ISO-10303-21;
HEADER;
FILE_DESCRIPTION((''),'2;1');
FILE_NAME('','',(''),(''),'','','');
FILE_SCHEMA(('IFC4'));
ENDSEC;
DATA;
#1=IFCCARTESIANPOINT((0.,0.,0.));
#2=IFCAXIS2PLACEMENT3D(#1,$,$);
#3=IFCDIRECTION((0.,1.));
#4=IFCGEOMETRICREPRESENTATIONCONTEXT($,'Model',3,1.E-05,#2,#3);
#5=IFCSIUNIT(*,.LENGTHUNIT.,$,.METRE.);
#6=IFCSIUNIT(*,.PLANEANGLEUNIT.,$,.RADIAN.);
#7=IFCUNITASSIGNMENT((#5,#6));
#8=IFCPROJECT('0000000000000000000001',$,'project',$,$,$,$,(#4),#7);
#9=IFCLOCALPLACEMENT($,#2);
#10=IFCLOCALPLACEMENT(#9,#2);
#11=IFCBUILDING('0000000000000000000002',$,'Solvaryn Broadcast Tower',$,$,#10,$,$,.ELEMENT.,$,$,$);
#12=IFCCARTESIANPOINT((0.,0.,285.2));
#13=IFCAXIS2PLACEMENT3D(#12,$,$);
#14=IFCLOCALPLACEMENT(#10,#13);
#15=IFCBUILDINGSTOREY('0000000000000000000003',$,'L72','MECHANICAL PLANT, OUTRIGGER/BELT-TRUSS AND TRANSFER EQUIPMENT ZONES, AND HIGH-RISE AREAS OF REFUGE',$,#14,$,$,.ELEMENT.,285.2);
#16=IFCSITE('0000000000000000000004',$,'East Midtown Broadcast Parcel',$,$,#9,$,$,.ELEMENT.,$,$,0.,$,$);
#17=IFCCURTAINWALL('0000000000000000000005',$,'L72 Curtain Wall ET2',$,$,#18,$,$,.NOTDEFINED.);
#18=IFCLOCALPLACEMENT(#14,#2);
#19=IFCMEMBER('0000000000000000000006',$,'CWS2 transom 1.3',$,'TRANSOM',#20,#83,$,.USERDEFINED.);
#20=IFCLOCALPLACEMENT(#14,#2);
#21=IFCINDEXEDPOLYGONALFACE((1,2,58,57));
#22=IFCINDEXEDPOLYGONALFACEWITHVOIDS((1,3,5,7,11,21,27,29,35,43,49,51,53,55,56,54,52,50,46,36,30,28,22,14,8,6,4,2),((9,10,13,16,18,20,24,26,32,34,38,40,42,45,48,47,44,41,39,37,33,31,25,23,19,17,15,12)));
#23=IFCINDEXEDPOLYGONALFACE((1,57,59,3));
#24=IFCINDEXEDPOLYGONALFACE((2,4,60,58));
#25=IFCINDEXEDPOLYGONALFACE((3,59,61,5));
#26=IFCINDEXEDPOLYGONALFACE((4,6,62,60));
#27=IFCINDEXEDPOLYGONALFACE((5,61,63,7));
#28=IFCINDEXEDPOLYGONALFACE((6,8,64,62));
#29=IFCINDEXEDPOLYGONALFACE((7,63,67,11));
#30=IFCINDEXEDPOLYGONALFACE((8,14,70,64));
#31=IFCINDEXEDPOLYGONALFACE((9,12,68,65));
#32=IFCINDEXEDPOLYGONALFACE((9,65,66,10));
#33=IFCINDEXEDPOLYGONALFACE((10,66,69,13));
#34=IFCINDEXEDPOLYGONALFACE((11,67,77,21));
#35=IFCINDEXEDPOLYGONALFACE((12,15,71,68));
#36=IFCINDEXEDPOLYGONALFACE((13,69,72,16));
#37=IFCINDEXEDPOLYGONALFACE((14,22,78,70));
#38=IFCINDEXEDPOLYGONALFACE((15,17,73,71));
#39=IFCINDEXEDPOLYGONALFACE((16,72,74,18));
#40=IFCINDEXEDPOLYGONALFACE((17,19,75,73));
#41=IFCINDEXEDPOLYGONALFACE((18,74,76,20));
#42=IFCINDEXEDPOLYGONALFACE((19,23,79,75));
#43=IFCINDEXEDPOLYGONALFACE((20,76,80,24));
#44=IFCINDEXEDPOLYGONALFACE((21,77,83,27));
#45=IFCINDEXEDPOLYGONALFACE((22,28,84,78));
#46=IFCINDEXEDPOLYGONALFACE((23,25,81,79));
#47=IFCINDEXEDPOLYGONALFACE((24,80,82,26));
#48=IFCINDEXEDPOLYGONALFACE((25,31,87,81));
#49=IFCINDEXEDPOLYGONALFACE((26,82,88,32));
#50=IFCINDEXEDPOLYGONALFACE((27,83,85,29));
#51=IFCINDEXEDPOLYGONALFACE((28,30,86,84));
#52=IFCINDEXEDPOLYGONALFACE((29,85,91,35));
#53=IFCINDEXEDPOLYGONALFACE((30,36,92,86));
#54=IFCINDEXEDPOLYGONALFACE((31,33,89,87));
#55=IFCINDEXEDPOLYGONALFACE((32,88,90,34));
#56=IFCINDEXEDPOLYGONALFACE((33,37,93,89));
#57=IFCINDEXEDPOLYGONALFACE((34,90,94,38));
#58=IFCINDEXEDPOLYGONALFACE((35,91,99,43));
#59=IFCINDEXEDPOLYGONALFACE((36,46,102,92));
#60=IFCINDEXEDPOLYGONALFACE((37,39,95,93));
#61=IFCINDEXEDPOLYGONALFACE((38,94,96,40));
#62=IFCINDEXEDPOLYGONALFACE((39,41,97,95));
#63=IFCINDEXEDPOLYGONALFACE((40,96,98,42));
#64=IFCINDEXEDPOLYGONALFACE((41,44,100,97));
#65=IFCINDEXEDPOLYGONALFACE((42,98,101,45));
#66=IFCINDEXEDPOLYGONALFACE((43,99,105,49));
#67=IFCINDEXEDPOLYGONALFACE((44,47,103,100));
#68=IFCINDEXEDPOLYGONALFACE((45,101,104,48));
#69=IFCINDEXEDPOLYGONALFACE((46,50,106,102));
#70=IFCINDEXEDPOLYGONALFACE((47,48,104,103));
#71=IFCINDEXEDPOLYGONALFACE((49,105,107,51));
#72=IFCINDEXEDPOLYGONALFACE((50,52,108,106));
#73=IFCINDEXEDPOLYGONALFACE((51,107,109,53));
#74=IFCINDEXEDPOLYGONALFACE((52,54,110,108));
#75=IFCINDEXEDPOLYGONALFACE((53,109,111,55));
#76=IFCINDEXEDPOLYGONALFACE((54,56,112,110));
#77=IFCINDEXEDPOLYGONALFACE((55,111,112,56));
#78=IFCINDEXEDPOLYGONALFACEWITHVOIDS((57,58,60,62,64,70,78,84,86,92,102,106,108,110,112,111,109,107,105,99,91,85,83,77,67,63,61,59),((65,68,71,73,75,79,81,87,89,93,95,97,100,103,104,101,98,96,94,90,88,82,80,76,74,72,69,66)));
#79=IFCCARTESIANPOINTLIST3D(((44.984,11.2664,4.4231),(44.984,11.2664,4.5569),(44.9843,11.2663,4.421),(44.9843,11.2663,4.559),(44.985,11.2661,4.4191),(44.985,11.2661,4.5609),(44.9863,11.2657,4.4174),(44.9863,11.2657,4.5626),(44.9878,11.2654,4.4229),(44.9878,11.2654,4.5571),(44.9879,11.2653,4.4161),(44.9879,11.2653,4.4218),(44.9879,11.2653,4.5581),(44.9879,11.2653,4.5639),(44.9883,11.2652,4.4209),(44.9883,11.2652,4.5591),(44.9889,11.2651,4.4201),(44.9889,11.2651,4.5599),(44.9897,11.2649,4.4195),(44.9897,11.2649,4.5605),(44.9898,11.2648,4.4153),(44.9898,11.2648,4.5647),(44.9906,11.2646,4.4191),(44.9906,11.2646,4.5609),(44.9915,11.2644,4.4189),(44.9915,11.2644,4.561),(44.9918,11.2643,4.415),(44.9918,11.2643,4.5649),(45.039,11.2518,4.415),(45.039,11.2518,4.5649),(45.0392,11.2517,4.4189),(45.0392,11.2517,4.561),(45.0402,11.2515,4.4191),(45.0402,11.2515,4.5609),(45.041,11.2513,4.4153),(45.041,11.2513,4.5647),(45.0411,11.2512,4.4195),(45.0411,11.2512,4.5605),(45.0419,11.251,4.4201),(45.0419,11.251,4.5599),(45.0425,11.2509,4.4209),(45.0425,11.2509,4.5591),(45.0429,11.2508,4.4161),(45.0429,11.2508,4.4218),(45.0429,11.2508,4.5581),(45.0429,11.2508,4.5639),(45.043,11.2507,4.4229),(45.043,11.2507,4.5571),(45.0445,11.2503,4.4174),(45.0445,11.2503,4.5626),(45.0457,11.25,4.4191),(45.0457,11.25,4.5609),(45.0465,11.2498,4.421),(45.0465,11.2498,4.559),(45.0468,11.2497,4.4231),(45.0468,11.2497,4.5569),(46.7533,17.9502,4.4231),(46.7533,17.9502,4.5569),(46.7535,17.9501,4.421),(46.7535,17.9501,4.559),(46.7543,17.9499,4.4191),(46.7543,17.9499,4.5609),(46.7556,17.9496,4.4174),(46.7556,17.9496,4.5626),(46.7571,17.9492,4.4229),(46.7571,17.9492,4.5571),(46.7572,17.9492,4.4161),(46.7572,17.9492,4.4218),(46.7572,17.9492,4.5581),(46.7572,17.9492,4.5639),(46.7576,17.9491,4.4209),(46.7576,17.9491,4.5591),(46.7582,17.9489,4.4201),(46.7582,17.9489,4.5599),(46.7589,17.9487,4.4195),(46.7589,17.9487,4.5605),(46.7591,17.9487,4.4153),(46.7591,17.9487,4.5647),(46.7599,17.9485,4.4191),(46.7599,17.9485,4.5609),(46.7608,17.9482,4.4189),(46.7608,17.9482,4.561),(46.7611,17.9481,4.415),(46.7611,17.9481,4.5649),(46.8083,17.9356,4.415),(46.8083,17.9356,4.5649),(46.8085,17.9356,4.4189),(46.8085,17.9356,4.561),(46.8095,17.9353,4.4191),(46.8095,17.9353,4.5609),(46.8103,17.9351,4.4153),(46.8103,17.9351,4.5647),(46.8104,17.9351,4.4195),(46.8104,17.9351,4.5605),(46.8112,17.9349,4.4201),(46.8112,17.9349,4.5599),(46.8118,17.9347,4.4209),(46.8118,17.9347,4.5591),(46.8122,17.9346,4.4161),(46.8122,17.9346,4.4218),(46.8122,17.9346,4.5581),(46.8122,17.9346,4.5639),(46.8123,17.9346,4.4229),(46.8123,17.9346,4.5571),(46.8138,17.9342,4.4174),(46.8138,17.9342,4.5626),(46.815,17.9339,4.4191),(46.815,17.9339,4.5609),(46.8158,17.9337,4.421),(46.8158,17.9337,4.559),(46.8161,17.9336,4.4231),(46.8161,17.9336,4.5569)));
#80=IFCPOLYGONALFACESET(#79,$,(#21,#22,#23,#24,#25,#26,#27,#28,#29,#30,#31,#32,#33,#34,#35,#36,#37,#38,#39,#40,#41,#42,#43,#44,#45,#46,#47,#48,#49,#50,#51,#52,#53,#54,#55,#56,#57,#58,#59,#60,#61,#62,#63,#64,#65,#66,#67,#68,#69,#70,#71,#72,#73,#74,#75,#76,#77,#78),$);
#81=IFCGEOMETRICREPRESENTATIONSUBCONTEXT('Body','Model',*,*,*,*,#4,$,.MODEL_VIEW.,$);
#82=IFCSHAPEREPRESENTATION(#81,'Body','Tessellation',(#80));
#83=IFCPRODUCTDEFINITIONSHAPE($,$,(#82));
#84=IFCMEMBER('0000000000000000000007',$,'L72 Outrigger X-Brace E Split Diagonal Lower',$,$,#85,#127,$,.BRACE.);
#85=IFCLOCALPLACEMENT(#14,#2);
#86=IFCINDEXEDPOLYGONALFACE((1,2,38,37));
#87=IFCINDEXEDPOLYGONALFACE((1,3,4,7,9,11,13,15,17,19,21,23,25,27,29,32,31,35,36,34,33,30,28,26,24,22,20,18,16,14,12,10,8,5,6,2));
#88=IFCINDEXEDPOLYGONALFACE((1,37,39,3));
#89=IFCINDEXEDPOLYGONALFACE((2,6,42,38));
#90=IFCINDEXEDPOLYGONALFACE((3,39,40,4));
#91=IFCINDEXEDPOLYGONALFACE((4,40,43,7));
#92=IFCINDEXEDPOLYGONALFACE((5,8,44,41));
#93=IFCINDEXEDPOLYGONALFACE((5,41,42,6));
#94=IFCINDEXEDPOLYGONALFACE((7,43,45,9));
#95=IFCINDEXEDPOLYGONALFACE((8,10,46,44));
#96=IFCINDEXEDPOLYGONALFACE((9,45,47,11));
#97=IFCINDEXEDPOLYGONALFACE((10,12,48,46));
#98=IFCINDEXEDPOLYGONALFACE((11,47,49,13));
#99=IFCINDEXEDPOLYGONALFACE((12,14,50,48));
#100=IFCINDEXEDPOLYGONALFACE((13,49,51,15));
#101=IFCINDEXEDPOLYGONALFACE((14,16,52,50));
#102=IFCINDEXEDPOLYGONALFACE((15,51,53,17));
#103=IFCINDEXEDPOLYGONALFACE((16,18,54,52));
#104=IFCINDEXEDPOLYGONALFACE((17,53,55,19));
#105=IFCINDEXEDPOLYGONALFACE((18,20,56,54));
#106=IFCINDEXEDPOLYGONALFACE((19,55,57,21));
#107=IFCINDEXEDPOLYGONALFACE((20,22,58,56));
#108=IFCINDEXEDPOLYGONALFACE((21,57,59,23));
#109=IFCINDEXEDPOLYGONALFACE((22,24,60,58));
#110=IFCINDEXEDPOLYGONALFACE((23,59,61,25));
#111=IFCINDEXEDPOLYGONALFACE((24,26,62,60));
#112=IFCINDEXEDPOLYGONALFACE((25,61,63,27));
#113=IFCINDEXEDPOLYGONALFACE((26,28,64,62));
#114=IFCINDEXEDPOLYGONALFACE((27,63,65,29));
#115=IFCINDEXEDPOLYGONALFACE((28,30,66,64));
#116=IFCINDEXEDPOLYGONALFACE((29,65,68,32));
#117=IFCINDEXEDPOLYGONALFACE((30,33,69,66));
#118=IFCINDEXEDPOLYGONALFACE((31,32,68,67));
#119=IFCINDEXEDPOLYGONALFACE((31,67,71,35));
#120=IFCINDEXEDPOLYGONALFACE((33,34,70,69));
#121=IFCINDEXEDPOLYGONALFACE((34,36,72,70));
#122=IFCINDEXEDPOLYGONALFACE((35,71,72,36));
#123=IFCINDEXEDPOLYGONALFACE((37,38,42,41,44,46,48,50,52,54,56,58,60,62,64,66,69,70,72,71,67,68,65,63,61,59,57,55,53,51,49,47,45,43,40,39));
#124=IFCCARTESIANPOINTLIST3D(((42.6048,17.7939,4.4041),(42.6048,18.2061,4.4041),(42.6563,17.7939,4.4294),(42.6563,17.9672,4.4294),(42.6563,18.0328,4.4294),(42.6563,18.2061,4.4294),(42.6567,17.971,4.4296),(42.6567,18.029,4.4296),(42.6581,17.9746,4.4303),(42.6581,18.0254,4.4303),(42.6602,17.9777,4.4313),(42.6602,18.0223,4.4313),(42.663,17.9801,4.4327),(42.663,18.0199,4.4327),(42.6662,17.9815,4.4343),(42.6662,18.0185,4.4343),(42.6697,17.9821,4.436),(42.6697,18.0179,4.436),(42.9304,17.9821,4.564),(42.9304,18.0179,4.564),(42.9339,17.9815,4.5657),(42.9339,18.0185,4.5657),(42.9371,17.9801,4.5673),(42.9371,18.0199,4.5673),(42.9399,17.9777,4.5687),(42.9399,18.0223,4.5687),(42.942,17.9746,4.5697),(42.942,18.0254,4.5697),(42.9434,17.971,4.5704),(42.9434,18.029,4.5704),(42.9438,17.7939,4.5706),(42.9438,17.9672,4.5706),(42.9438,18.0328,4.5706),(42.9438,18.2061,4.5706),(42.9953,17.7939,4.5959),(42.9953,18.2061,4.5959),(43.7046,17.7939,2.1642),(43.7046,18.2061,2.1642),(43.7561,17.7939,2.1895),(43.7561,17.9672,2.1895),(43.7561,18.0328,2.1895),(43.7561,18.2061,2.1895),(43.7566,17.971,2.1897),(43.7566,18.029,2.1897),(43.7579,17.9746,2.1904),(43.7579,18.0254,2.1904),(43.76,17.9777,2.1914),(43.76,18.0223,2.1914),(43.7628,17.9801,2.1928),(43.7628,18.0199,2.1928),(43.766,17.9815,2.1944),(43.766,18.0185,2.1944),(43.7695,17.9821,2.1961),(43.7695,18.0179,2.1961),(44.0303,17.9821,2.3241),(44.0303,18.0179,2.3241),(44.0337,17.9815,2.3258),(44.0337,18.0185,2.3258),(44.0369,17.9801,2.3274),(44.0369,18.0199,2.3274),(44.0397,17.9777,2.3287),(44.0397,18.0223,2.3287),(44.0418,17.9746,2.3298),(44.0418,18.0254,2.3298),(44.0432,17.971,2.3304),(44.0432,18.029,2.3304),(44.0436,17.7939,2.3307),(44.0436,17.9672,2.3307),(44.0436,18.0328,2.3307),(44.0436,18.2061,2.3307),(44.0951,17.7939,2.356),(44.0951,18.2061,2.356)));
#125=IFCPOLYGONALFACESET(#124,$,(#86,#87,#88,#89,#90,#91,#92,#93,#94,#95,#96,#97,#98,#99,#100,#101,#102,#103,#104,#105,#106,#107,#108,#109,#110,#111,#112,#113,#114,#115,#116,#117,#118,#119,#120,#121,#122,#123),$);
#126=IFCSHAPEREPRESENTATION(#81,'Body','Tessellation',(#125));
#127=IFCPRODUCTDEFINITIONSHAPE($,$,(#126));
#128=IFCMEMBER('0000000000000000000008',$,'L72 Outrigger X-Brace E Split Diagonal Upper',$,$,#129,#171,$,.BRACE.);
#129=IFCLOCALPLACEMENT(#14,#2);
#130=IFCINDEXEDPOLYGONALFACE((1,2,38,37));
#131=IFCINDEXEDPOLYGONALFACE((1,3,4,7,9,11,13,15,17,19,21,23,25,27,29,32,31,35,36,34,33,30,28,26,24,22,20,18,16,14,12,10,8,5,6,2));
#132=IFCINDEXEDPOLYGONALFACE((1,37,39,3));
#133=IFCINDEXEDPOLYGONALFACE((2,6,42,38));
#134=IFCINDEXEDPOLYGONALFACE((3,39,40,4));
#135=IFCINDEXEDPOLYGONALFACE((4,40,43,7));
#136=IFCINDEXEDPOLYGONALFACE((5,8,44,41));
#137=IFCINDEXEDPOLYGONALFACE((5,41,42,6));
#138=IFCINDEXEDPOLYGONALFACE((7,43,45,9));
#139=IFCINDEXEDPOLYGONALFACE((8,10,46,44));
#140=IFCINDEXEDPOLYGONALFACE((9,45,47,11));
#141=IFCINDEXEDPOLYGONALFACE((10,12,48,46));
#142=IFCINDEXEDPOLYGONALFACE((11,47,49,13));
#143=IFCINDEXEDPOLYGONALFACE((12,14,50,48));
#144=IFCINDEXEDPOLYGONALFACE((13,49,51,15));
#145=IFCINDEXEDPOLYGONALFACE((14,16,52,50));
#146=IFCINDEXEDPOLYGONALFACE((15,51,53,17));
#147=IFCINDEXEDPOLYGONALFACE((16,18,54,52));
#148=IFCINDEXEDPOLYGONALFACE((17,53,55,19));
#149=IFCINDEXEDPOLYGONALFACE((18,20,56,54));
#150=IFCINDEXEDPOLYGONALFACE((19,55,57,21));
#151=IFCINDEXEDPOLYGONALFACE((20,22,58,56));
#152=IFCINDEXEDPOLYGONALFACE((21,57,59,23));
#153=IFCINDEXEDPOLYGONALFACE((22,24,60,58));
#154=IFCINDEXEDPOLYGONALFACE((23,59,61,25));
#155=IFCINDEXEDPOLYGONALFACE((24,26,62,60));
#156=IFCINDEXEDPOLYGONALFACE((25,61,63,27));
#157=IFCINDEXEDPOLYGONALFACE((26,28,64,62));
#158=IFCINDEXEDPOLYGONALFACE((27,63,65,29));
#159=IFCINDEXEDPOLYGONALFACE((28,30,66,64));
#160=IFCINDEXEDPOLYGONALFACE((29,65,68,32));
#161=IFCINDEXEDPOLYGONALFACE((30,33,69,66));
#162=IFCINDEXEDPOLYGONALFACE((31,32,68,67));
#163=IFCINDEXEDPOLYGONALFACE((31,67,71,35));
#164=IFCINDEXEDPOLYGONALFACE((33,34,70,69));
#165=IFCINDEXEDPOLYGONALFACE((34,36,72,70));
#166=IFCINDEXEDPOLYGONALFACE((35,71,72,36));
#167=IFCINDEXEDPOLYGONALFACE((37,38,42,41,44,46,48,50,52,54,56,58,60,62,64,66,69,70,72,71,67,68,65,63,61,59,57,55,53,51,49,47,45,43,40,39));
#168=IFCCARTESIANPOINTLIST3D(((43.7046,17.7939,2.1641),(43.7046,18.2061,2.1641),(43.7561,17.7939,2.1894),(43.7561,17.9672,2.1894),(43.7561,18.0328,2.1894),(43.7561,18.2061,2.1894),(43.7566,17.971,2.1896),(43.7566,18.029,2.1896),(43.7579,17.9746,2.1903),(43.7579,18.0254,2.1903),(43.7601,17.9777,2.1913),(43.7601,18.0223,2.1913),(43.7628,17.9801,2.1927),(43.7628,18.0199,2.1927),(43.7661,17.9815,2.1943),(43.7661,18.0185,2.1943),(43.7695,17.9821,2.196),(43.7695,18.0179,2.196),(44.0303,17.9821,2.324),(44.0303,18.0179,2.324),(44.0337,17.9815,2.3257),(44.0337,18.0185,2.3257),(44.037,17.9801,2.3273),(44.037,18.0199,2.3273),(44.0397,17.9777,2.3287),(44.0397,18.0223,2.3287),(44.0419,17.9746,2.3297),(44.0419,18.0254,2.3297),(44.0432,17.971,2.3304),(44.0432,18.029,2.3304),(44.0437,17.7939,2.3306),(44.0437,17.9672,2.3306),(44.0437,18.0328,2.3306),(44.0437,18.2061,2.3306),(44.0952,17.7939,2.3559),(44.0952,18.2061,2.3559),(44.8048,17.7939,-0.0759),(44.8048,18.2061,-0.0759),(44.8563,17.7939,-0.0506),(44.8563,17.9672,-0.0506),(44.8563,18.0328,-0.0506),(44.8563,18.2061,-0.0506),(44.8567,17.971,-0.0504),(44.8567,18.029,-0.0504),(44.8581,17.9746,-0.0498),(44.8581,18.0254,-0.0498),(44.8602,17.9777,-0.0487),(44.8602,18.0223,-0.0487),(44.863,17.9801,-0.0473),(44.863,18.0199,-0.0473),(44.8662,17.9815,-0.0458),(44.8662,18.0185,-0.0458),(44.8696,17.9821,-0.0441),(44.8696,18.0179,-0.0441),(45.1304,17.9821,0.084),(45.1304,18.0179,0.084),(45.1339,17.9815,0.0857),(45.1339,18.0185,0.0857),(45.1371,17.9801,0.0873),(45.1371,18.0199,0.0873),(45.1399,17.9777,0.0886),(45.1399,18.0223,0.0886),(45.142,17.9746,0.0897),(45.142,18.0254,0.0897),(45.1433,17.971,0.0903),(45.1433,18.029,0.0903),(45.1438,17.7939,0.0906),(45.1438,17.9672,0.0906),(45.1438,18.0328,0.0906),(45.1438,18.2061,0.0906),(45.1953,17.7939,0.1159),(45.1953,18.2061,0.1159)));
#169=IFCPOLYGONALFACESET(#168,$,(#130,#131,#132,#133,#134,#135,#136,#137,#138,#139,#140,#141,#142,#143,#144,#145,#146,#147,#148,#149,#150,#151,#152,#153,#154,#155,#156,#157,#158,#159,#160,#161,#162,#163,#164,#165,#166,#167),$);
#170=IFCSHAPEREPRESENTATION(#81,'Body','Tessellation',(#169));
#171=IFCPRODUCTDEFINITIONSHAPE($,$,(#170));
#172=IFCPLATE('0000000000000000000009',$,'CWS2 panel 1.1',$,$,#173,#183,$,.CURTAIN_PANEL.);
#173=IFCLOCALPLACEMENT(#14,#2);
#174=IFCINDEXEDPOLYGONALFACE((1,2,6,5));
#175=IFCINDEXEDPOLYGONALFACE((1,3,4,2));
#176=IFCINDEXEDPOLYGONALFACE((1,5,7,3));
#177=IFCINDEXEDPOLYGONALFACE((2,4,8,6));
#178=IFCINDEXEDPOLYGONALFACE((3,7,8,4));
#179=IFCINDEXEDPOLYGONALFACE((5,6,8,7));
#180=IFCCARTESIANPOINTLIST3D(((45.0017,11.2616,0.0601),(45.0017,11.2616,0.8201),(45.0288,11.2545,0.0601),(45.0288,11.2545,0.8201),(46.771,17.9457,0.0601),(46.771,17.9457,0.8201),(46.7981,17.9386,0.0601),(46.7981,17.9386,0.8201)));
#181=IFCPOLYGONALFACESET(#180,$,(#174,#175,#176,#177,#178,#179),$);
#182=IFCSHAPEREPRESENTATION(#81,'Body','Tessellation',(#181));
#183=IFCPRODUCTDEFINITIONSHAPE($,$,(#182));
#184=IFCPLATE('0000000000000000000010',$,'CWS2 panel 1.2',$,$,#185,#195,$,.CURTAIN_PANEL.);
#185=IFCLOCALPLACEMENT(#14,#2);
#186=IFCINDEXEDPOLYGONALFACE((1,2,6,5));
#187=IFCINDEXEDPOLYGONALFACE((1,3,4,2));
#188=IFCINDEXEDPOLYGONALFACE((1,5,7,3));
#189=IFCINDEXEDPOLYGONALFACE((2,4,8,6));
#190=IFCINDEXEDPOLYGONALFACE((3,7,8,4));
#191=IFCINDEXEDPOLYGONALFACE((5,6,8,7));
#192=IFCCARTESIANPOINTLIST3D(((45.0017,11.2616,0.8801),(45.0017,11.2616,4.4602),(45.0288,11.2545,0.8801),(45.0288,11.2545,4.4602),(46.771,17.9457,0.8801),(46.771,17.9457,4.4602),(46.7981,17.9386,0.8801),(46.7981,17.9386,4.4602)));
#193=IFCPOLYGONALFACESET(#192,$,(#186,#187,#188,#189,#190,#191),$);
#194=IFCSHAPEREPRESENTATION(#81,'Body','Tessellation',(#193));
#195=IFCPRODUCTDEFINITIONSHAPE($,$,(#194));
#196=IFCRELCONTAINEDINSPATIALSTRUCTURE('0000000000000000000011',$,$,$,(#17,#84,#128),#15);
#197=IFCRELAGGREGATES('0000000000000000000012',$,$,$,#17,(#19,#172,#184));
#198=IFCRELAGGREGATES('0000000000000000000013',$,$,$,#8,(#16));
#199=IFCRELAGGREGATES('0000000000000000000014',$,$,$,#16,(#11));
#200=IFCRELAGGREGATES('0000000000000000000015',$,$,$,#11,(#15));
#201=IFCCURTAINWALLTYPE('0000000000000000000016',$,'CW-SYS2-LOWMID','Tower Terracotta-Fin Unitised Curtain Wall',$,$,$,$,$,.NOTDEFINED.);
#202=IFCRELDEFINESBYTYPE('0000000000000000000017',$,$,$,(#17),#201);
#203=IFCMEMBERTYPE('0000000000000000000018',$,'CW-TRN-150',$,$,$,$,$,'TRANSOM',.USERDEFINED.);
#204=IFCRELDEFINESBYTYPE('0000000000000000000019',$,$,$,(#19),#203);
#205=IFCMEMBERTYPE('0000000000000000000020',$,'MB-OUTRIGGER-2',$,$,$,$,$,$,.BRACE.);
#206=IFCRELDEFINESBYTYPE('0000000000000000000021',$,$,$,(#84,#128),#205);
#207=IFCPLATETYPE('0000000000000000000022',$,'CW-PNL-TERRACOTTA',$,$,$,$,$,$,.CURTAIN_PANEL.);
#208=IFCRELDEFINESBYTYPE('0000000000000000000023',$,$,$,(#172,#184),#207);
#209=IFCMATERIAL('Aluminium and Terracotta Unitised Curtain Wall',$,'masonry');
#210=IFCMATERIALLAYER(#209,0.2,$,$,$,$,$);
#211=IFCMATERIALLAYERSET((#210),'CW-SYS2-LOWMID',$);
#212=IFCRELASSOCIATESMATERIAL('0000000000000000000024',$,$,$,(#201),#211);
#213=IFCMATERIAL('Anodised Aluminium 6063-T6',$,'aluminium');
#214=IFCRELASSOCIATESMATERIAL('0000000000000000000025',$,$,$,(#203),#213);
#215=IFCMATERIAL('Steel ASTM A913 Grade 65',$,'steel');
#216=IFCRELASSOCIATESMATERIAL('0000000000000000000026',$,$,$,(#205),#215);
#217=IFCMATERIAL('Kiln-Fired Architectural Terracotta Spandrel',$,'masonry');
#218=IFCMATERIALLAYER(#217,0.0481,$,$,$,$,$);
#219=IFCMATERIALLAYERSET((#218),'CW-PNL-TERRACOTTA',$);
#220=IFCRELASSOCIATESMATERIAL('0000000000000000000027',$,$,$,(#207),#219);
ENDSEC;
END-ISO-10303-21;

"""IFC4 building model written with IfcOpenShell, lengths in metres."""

from ifc_helpers import new_model, si_unit, direction, frame, origin, origin_2d, place, context, subcontext, project, spatial, rectangle, hollow_rectangle, i_section, extrude, material, layer, layer_set, material_profile, profile_set, type_object, element, aggregate, save


model = new_model("IFC4")

# Units and contexts
model_context = context("Model", 3, precision=1e-05, world=origin(), true_north=direction((0.0, 1.0)))
body_context = subcontext(model_context, "Body", "Model", "MODEL_VIEW")
ifc_project = project(units=[si_unit("LENGTHUNIT", "METRE"), si_unit("PLANEANGLEUNIT", "RADIAN")], contexts=[model_context])

# Site, building, storey
site_placement = place(None, origin())
site = spatial("IfcSite", under=ifc_project, at=site_placement, Name="East Midtown Broadcast Parcel", CompositionType="ELEMENT", RefElevation=0.0)
building_placement = place(site_placement, origin())
building = spatial("IfcBuilding", under=site, at=building_placement, Name="Solvaryn Broadcast Tower", CompositionType="ELEMENT")
storey_placement = place(building_placement, frame((0.0, 0.0, 285.2)))
storey = spatial("IfcBuildingStorey", under=building, at=storey_placement, Name="L72", Description="MECHANICAL PLANT, OUTRIGGER/BELT-TRUSS AND TRANSFER EQUIPMENT ZONES, AND HIGH-RISE AREAS OF REFUGE", CompositionType="ELEMENT", Elevation=285.2)

# Shared definitions
ifc_material_1 = material(Name="Aluminium and Terracotta Unitised Curtain Wall", Category="masonry")
ifc_layer_1 = layer(ifc_material_1, 0.2)
ifc_layer_set_1 = layer_set([ifc_layer_1], Name="CW-SYS2-LOWMID")
curtain_wall_type = type_object("IfcCurtainWallType", Name="CW-SYS2-LOWMID", Description="Tower Terracotta-Fin Unitised Curtain Wall", PredefinedType="NOTDEFINED", material=ifc_layer_set_1)

# Curtain wall, member
curtain_wall_1_placement = place(storey_placement, origin())
curtain_wall_1 = element("IfcCurtainWall", 1, at=curtain_wall_1_placement, inside=storey, type_object=curtain_wall_type, Name="L72 Curtain Wall ET2", PredefinedType="NOTDEFINED")
ifc_material_2 = material(Name="Anodised Aluminium 6063-T6", Category="aluminium")
ifc_material_profile_1 = material_profile(ifc_material_2, hollow_rectangle(XDim=0.0649, YDim=0.1499, WallThickness=0.0039, InnerFilletRadius=0.0039, OuterFilletRadius=0.0081, at=origin_2d()))
ifc_profile_set_1 = profile_set([ifc_material_profile_1], Name="Anodised Aluminium 6063-T6")
member_type_1 = type_object("IfcMemberType", Name="CW-TRN-150", ElementType="TRANSOM", PredefinedType="USERDEFINED", material=ifc_profile_set_1)
member_1_placement = place(storey_placement, frame((46.7847, 17.9419, 4.49), z_axis=(-0.255897, -0.966704, 0.0), x_axis=(0.966704, -0.255897, 0.0)))
member_1 = element("IfcMember", 2, at=member_1_placement, type_object=member_type_1, Name="CWS2 transom 1.3", ObjectType="TRANSOM", PredefinedType="USERDEFINED", context=body_context, shape_type="SweptSolid", body=[
    extrude(hollow_rectangle(XDim=0.0649, YDim=0.1499, WallThickness=0.0039, InnerFilletRadius=0.0039, OuterFilletRadius=0.0081, at=origin_2d()), origin(), (0.0, 0.0, 1.0), 6.9141),
])

# Members
ifc_material_3 = material(Name="Steel ASTM A913 Grade 65", Category="steel")
ifc_material_profile_2 = material_profile(ifc_material_3, i_section(OverallWidth=0.4121, OverallDepth=0.4351, WebThickness=0.0359, FlangeThickness=0.0574, FilletRadius=0.0149, at=origin_2d()))
ifc_profile_set_2 = profile_set([ifc_material_profile_2], Name="Steel ASTM A913 Grade 65")
member_type_2 = type_object("IfcMemberType", Name="MB-OUTRIGGER-2", PredefinedType="BRACE", material=ifc_profile_set_2)
member_2_placement = place(storey_placement, frame((42.8, 18.0, 4.5), z_axis=(0.440745, 0.0, -0.897632), x_axis=(0.0, 1.0, 0.0)))
element("IfcMember", 3, at=member_2_placement, inside=storey, type_object=member_type_2, Name="L72 Outrigger X-Brace E Split Diagonal Lower", PredefinedType="BRACE", context=body_context, shape_type="SweptSolid", body=[
    extrude(i_section(OverallWidth=0.4121, OverallDepth=0.4351, WebThickness=0.0359, FlangeThickness=0.0574, FilletRadius=0.0149, at=origin_2d()), origin(), (0.0, 0.0, 1.0), 2.4954),
])
member_3_placement = place(storey_placement, frame((43.8999, 18.0, 2.26), z_axis=(0.440824, 0.0, -0.897594), x_axis=(0.0, 1.0, 0.0)))
element("IfcMember", 4, at=member_3_placement, inside=storey, type_object=member_type_2, Name="L72 Outrigger X-Brace E Split Diagonal Upper", PredefinedType="BRACE", context=body_context, shape_type="SweptSolid", body=[
    extrude(i_section(OverallWidth=0.4121, OverallDepth=0.4351, WebThickness=0.0359, FlangeThickness=0.0574, FilletRadius=0.0149, at=origin_2d()), origin(), (0.0, 0.0, 1.0), 2.4956),
])

# Plates
ifc_material_4 = material(Name="Kiln-Fired Architectural Terracotta Spandrel", Category="masonry")
ifc_layer_2 = layer(ifc_material_4, 0.0481)
ifc_layer_set_2 = layer_set([ifc_layer_2], Name="CW-PNL-TERRACOTTA")
plate_type_1 = type_object("IfcPlateType", Name="CW-PNL-TERRACOTTA", PredefinedType="CURTAIN_PANEL", material=ifc_layer_set_2)
plate_1_placement = place(storey_placement, frame((45.8999, 14.6001, 0.0601), z_axis=(0.0, 0.0, 1.0), x_axis=(-0.255893, -0.966705, 0.0)))
plate_1 = element("IfcPlate", 5, at=plate_1_placement, type_object=plate_type_1, Name="CWS2 panel 1.1", PredefinedType="CURTAIN_PANEL", context=body_context, shape_type="SweptSolid", body=[
    extrude(rectangle(XDim=6.9143, YDim=0.0281, at=origin_2d()), origin(), (0.0, 0.0, 1.0), 0.76),
])
plate_2_placement = place(storey_placement, frame((45.8999, 14.6001, 0.8801), z_axis=(0.0, 0.0, 1.0), x_axis=(-0.255893, -0.966705, 0.0)))
plate_2 = element("IfcPlate", 6, at=plate_2_placement, type_object=plate_type_1, Name="CWS2 panel 1.2", PredefinedType="CURTAIN_PANEL", context=body_context, shape_type="SweptSolid", body=[
    extrude(rectangle(XDim=6.9143, YDim=0.0281, at=origin_2d()), origin(), (0.0, 0.0, 1.0), 3.5801),
])
aggregate(curtain_wall_1, [member_1, plate_1, plate_2])

save(model, "model.ifc")
